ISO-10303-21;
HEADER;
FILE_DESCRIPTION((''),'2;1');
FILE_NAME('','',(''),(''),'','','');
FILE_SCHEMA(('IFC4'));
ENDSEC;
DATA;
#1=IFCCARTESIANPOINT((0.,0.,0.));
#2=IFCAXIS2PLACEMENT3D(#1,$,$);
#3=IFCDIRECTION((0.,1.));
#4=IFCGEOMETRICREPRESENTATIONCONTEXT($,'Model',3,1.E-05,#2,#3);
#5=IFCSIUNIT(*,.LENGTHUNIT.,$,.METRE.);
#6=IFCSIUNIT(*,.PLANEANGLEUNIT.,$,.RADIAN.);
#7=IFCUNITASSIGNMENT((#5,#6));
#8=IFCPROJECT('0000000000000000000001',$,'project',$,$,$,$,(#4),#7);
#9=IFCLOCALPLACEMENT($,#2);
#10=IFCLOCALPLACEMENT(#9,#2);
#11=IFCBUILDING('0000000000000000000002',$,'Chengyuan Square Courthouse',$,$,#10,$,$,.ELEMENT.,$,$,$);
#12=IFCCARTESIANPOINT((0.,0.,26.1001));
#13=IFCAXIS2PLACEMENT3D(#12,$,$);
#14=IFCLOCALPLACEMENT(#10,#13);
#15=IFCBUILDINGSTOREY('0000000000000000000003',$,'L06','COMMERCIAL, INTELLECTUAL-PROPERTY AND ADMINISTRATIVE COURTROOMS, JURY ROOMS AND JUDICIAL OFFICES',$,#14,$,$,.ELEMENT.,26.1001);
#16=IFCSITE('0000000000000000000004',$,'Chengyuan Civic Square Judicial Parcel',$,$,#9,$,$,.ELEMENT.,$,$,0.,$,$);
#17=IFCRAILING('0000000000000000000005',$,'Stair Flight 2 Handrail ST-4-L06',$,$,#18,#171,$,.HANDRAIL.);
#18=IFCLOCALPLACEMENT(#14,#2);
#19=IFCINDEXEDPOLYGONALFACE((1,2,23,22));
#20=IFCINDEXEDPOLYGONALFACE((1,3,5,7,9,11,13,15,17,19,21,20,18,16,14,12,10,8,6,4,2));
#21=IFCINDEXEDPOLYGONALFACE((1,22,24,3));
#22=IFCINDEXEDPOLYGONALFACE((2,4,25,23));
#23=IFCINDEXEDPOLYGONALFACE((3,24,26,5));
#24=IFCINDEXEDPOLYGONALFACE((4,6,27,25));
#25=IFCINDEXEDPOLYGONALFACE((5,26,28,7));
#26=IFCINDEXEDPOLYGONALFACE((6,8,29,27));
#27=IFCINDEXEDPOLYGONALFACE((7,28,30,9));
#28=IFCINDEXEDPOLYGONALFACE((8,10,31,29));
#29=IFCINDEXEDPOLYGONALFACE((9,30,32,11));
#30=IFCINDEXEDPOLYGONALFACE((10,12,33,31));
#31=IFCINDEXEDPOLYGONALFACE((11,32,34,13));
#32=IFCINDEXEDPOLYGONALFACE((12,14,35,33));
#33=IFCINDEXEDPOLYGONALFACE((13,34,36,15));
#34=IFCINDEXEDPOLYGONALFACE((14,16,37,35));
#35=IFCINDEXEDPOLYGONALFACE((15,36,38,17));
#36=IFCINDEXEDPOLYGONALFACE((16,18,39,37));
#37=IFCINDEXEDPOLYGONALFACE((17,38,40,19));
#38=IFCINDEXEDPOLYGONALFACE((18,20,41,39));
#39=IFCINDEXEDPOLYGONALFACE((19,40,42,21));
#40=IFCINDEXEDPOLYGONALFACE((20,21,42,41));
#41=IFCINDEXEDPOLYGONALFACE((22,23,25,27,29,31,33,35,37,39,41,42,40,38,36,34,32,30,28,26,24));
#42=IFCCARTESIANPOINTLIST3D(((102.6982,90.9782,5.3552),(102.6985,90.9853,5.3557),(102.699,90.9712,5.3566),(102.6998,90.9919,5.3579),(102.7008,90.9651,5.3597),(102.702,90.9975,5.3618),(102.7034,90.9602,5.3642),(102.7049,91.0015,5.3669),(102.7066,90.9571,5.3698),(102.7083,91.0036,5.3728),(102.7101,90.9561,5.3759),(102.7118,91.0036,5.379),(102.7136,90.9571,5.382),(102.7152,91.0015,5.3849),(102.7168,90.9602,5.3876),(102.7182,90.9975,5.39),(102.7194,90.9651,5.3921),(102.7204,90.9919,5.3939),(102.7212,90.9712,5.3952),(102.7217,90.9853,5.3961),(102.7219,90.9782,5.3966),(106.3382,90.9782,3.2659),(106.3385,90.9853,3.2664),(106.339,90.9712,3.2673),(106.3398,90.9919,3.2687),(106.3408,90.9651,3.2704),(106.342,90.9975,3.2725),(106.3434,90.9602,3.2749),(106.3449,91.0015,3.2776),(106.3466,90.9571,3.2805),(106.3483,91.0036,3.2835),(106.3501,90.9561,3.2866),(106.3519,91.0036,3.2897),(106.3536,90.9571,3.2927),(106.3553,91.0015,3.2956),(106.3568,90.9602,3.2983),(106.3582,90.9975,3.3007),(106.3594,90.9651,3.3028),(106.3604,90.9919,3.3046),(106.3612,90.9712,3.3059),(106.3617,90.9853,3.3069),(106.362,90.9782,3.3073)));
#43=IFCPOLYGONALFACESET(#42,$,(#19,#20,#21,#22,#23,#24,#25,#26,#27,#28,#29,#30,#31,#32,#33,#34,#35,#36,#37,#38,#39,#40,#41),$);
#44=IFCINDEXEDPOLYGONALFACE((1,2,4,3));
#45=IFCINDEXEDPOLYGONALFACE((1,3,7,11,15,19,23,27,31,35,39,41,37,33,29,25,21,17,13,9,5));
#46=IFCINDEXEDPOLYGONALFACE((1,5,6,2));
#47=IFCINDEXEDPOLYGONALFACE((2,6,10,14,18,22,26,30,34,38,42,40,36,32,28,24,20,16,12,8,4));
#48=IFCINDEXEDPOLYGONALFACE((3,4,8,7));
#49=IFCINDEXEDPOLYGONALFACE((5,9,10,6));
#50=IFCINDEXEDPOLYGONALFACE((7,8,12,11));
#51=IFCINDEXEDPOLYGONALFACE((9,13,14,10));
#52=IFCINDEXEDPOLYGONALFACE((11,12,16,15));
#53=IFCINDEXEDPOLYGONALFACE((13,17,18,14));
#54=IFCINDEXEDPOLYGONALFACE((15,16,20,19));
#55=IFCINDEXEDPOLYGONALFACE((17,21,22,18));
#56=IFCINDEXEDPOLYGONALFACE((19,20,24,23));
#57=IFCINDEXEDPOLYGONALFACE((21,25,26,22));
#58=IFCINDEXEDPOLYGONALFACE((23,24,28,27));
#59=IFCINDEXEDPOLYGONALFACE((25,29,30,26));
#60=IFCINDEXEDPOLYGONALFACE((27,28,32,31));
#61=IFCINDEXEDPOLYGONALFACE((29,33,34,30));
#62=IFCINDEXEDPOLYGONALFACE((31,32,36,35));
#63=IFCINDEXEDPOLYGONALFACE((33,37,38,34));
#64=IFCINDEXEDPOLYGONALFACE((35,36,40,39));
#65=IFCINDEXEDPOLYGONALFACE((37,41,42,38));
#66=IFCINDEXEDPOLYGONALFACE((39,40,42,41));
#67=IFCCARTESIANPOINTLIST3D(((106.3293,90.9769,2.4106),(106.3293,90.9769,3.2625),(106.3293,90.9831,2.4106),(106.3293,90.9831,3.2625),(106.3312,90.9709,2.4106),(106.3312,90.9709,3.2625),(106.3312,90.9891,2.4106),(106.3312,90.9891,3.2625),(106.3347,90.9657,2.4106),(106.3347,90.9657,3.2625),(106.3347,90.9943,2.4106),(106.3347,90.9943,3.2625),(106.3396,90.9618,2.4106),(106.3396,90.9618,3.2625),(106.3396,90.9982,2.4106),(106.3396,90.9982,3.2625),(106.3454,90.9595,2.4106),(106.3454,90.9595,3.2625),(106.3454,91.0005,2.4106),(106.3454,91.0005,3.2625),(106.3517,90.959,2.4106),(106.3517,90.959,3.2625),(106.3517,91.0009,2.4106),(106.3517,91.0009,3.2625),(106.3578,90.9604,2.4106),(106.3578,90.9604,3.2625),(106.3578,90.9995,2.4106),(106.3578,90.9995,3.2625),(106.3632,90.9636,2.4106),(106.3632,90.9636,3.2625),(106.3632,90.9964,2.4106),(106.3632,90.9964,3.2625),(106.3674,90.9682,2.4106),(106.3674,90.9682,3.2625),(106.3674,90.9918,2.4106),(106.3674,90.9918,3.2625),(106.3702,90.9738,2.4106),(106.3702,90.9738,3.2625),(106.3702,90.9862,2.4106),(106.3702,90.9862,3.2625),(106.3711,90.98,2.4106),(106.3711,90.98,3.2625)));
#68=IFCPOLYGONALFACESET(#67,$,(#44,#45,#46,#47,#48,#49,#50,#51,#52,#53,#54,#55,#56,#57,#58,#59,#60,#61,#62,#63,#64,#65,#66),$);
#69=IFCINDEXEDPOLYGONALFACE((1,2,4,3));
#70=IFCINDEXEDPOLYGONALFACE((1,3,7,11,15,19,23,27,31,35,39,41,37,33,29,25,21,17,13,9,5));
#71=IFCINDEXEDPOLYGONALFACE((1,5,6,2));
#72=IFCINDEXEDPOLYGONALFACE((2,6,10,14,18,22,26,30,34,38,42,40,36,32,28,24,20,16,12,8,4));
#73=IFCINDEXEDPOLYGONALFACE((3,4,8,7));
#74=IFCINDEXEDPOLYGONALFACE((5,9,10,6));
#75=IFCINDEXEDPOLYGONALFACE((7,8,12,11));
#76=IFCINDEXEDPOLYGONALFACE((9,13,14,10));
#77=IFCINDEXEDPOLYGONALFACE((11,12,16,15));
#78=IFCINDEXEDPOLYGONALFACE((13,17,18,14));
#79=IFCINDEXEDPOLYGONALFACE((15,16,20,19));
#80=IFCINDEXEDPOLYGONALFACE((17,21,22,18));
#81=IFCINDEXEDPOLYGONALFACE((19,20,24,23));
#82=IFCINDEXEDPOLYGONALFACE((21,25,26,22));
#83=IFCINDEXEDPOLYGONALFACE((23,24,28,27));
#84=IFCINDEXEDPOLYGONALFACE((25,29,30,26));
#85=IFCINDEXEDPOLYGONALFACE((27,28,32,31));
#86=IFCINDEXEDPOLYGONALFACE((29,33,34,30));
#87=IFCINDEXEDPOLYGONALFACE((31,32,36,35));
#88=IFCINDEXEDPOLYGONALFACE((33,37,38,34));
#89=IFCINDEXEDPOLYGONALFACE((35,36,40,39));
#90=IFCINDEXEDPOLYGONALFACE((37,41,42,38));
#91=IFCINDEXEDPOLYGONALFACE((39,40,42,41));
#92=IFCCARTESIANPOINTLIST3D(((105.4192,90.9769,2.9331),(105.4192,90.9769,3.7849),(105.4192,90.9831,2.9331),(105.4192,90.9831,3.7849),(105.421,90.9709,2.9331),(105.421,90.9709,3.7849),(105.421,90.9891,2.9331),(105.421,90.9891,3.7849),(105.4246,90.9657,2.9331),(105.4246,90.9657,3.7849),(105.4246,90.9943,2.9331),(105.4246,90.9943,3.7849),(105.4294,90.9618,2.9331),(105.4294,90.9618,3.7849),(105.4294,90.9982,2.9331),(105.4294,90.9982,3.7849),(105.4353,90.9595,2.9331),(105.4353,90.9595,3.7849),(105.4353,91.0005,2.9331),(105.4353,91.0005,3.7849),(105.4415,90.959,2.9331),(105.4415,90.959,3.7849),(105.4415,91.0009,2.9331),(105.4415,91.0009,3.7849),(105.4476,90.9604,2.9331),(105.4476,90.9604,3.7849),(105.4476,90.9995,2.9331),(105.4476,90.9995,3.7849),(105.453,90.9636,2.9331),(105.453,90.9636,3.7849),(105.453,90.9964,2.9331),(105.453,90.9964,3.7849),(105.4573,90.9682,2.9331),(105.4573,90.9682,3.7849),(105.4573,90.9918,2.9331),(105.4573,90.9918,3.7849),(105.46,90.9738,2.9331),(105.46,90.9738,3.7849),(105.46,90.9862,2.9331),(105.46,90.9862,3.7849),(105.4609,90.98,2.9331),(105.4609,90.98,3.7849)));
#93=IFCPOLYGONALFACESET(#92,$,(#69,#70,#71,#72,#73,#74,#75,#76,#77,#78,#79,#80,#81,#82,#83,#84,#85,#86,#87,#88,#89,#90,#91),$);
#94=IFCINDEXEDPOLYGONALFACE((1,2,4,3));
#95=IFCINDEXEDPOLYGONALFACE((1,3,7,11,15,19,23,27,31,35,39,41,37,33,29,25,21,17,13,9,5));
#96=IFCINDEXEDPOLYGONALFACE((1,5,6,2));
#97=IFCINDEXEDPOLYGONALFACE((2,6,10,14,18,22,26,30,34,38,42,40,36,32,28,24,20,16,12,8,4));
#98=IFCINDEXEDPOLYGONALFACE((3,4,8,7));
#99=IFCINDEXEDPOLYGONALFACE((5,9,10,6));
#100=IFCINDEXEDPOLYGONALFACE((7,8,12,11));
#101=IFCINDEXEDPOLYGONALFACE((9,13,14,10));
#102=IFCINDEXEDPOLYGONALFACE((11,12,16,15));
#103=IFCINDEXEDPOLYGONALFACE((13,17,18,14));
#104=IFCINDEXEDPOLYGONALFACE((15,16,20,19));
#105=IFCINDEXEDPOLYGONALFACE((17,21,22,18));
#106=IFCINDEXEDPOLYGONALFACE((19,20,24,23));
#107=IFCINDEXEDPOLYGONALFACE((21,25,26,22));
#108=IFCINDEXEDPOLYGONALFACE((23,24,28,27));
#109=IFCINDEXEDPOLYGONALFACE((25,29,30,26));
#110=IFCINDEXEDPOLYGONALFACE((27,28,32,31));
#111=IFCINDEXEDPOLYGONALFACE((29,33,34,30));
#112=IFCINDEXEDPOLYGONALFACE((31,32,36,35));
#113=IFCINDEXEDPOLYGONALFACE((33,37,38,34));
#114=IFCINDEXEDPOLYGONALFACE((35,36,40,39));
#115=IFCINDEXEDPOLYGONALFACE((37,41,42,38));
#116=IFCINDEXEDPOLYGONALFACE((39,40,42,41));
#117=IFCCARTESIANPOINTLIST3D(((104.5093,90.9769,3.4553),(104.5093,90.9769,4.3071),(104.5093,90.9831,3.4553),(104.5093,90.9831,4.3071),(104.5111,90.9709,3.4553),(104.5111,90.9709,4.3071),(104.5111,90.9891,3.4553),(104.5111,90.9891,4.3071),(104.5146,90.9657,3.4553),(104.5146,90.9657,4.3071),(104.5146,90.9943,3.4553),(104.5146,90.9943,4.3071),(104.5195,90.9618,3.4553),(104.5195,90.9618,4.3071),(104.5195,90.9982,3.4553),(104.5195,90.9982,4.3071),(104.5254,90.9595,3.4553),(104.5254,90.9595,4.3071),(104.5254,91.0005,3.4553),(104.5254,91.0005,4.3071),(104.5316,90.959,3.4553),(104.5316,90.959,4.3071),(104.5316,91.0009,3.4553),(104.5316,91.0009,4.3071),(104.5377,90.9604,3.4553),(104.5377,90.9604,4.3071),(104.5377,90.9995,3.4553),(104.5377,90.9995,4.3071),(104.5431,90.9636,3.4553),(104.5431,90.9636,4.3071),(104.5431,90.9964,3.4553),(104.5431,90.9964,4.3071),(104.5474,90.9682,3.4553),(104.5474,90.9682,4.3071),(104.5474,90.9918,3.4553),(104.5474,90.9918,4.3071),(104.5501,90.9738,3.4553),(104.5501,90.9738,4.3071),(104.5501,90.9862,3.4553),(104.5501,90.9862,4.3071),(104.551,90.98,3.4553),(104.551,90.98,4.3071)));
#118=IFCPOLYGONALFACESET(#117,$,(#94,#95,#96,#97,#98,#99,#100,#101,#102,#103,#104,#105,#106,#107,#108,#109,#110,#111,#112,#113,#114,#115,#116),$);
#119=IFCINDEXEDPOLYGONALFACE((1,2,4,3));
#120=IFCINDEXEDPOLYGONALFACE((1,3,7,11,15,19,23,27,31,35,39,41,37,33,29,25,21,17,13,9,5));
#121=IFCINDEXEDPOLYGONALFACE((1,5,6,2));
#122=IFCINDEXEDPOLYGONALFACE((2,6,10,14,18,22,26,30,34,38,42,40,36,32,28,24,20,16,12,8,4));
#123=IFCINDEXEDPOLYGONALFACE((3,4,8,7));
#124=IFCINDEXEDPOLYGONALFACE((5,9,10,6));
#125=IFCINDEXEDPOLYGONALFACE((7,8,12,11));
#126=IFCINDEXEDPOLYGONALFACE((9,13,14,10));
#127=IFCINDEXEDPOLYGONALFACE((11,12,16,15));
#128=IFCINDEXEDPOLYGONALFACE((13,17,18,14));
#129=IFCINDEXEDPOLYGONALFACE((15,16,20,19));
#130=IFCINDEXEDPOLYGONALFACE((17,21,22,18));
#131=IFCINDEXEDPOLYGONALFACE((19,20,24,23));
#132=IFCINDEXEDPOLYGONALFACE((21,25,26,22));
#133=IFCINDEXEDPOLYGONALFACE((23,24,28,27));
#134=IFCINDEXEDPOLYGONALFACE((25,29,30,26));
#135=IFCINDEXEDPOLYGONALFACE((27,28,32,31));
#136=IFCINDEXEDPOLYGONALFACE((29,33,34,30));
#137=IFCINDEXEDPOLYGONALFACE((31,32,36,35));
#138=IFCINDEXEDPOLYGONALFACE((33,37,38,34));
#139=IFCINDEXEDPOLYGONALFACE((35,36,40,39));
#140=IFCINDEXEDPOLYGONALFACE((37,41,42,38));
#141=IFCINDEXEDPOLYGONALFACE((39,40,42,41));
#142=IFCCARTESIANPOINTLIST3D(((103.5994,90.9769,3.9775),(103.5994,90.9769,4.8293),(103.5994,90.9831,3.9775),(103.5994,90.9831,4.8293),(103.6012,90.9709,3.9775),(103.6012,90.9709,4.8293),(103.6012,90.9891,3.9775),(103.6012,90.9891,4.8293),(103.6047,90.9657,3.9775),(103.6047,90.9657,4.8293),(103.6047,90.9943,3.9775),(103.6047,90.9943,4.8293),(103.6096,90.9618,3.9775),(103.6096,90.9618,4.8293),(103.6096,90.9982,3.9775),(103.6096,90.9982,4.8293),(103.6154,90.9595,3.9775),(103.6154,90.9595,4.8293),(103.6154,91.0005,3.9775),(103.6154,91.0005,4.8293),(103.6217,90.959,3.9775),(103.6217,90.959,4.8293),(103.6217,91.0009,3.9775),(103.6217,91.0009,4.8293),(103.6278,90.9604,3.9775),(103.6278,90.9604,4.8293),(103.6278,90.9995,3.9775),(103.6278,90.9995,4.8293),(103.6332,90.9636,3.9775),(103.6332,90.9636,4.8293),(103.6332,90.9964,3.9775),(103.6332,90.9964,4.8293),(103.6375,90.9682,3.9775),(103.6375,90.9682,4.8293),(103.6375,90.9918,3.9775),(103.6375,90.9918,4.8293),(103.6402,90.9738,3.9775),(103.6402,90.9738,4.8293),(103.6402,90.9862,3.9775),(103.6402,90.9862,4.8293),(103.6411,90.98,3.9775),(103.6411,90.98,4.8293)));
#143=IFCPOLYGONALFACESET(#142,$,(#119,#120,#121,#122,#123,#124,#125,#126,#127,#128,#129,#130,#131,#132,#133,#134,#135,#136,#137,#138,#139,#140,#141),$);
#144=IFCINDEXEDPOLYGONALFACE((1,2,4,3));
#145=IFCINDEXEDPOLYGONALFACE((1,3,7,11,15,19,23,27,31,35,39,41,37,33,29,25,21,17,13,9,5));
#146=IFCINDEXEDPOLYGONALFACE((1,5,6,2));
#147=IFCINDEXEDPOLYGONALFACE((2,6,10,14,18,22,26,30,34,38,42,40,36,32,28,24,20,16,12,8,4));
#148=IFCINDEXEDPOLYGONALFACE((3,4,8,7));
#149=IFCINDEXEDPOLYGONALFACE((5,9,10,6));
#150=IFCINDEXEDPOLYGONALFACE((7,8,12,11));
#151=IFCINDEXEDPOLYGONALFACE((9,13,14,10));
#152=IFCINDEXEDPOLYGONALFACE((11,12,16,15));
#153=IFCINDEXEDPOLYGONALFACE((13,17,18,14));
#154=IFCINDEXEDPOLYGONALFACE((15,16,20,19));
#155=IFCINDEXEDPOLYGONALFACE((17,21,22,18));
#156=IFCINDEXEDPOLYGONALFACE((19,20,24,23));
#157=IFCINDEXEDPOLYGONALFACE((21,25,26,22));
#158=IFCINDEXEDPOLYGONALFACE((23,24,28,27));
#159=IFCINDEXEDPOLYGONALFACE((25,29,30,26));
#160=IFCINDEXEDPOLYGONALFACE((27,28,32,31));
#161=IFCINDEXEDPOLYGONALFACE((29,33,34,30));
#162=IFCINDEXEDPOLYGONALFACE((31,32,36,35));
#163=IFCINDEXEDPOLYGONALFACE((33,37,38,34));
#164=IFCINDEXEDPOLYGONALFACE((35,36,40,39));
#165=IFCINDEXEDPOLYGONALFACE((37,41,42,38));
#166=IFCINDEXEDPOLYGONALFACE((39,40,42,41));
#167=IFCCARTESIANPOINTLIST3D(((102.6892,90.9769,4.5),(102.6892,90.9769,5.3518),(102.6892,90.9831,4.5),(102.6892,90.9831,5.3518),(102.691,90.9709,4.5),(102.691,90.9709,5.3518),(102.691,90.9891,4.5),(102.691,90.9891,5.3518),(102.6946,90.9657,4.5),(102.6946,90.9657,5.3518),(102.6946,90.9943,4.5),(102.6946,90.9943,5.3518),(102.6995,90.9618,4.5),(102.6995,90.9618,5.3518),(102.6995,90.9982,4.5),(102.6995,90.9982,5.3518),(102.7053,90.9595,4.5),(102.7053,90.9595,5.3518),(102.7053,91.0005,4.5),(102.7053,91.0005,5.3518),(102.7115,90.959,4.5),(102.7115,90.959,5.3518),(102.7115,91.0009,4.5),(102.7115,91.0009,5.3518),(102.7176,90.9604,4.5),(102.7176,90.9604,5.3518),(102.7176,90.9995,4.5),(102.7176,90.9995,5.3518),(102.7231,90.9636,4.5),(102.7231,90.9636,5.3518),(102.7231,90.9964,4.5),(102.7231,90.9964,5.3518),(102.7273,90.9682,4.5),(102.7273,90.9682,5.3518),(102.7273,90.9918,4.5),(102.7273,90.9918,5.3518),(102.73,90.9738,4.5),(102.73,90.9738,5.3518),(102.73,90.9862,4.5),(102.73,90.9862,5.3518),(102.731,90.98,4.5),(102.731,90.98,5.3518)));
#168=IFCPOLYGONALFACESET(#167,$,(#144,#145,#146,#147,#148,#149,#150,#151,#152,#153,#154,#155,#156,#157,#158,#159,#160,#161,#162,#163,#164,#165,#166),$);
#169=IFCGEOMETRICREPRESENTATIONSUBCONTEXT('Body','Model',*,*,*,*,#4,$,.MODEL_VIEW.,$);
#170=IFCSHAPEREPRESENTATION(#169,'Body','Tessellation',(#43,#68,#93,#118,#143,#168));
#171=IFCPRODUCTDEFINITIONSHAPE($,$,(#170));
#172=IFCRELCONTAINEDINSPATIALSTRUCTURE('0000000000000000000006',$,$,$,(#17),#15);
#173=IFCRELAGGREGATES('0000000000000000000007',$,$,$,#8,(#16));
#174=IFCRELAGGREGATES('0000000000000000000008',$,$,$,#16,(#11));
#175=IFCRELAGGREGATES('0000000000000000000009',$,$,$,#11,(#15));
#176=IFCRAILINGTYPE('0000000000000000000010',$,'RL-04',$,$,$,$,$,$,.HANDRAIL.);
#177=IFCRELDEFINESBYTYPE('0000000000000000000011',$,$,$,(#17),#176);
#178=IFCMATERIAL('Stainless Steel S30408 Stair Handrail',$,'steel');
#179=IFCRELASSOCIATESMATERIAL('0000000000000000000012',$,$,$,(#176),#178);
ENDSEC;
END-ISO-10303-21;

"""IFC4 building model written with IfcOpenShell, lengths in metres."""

from ifc_helpers import new_model, si_unit, direction, frame, origin, origin_2d, place, context, subcontext, project, spatial, circle, extrude, material, type_object, element, save


model = new_model("IFC4")

# Units and contexts
model_context = context("Model", 3, precision=1e-05, world=origin(), true_north=direction((0.0, 1.0)))
body_context = subcontext(model_context, "Body", "Model", "MODEL_VIEW")
ifc_project = project(units=[si_unit("LENGTHUNIT", "METRE"), si_unit("PLANEANGLEUNIT", "RADIAN")], contexts=[model_context])

# Site, building, storey
site_placement = place(None, origin())
site = spatial("IfcSite", under=ifc_project, at=site_placement, Name="Chengyuan Civic Square Judicial Parcel", CompositionType="ELEMENT", RefElevation=0.0)
building_placement = place(site_placement, origin())
building = spatial("IfcBuilding", under=site, at=building_placement, Name="Chengyuan Square Courthouse", CompositionType="ELEMENT")
storey_placement = place(building_placement, frame((0.0, 0.0, 26.1001)))
storey = spatial("IfcBuildingStorey", under=building, at=storey_placement, Name="L06", Description="COMMERCIAL, INTELLECTUAL-PROPERTY AND ADMINISTRATIVE COURTROOMS, JURY ROOMS AND JUDICIAL OFFICES", CompositionType="ELEMENT", Elevation=26.1001)

# Railing
ifc_material_1 = material(Name="Stainless Steel S30408 Stair Handrail", Category="steel")
railing_type_1 = type_object("IfcRailingType", Name="RL-04", PredefinedType="HANDRAIL", material=ifc_material_1)
railing_1_placement = place(storey_placement, frame((106.3501, 90.98, 2.4106)))
element("IfcRailing", 1, at=railing_1_placement, inside=storey, type_object=railing_type_1, Name="Stair Flight 2 Handrail ST-4-L06", PredefinedType="HANDRAIL", context=body_context, shape_type="SweptSolid", body=[
    extrude(circle(Radius=0.0239, at=origin_2d()), frame((0.0, 0.0, 0.876), z_axis=(-0.867289, 0.0, 0.497804), x_axis=(0.0, -1.0, 0.0)), (0.0, 0.0, 1.0), 4.197),
    extrude(circle(Radius=0.021, at=origin_2d()), origin(), (0.0, 0.0, 1.0), 0.8518),
    extrude(circle(Radius=0.021, at=origin_2d()), frame((-0.9102, 0.0, 0.5225)), (0.0, 0.0, 1.0), 0.8518),
    extrude(circle(Radius=0.021, at=origin_2d()), frame((-1.8201, 0.0, 1.0447)), (0.0, 0.0, 1.0), 0.8518),
    extrude(circle(Radius=0.021, at=origin_2d()), frame((-2.73, 0.0, 1.5669)), (0.0, 0.0, 1.0), 0.8518),
    extrude(circle(Radius=0.021, at=origin_2d()), frame((-3.6401, 0.0, 2.0894)), (0.0, 0.0, 1.0), 0.8518),
])

save(model, "model.ifc")
